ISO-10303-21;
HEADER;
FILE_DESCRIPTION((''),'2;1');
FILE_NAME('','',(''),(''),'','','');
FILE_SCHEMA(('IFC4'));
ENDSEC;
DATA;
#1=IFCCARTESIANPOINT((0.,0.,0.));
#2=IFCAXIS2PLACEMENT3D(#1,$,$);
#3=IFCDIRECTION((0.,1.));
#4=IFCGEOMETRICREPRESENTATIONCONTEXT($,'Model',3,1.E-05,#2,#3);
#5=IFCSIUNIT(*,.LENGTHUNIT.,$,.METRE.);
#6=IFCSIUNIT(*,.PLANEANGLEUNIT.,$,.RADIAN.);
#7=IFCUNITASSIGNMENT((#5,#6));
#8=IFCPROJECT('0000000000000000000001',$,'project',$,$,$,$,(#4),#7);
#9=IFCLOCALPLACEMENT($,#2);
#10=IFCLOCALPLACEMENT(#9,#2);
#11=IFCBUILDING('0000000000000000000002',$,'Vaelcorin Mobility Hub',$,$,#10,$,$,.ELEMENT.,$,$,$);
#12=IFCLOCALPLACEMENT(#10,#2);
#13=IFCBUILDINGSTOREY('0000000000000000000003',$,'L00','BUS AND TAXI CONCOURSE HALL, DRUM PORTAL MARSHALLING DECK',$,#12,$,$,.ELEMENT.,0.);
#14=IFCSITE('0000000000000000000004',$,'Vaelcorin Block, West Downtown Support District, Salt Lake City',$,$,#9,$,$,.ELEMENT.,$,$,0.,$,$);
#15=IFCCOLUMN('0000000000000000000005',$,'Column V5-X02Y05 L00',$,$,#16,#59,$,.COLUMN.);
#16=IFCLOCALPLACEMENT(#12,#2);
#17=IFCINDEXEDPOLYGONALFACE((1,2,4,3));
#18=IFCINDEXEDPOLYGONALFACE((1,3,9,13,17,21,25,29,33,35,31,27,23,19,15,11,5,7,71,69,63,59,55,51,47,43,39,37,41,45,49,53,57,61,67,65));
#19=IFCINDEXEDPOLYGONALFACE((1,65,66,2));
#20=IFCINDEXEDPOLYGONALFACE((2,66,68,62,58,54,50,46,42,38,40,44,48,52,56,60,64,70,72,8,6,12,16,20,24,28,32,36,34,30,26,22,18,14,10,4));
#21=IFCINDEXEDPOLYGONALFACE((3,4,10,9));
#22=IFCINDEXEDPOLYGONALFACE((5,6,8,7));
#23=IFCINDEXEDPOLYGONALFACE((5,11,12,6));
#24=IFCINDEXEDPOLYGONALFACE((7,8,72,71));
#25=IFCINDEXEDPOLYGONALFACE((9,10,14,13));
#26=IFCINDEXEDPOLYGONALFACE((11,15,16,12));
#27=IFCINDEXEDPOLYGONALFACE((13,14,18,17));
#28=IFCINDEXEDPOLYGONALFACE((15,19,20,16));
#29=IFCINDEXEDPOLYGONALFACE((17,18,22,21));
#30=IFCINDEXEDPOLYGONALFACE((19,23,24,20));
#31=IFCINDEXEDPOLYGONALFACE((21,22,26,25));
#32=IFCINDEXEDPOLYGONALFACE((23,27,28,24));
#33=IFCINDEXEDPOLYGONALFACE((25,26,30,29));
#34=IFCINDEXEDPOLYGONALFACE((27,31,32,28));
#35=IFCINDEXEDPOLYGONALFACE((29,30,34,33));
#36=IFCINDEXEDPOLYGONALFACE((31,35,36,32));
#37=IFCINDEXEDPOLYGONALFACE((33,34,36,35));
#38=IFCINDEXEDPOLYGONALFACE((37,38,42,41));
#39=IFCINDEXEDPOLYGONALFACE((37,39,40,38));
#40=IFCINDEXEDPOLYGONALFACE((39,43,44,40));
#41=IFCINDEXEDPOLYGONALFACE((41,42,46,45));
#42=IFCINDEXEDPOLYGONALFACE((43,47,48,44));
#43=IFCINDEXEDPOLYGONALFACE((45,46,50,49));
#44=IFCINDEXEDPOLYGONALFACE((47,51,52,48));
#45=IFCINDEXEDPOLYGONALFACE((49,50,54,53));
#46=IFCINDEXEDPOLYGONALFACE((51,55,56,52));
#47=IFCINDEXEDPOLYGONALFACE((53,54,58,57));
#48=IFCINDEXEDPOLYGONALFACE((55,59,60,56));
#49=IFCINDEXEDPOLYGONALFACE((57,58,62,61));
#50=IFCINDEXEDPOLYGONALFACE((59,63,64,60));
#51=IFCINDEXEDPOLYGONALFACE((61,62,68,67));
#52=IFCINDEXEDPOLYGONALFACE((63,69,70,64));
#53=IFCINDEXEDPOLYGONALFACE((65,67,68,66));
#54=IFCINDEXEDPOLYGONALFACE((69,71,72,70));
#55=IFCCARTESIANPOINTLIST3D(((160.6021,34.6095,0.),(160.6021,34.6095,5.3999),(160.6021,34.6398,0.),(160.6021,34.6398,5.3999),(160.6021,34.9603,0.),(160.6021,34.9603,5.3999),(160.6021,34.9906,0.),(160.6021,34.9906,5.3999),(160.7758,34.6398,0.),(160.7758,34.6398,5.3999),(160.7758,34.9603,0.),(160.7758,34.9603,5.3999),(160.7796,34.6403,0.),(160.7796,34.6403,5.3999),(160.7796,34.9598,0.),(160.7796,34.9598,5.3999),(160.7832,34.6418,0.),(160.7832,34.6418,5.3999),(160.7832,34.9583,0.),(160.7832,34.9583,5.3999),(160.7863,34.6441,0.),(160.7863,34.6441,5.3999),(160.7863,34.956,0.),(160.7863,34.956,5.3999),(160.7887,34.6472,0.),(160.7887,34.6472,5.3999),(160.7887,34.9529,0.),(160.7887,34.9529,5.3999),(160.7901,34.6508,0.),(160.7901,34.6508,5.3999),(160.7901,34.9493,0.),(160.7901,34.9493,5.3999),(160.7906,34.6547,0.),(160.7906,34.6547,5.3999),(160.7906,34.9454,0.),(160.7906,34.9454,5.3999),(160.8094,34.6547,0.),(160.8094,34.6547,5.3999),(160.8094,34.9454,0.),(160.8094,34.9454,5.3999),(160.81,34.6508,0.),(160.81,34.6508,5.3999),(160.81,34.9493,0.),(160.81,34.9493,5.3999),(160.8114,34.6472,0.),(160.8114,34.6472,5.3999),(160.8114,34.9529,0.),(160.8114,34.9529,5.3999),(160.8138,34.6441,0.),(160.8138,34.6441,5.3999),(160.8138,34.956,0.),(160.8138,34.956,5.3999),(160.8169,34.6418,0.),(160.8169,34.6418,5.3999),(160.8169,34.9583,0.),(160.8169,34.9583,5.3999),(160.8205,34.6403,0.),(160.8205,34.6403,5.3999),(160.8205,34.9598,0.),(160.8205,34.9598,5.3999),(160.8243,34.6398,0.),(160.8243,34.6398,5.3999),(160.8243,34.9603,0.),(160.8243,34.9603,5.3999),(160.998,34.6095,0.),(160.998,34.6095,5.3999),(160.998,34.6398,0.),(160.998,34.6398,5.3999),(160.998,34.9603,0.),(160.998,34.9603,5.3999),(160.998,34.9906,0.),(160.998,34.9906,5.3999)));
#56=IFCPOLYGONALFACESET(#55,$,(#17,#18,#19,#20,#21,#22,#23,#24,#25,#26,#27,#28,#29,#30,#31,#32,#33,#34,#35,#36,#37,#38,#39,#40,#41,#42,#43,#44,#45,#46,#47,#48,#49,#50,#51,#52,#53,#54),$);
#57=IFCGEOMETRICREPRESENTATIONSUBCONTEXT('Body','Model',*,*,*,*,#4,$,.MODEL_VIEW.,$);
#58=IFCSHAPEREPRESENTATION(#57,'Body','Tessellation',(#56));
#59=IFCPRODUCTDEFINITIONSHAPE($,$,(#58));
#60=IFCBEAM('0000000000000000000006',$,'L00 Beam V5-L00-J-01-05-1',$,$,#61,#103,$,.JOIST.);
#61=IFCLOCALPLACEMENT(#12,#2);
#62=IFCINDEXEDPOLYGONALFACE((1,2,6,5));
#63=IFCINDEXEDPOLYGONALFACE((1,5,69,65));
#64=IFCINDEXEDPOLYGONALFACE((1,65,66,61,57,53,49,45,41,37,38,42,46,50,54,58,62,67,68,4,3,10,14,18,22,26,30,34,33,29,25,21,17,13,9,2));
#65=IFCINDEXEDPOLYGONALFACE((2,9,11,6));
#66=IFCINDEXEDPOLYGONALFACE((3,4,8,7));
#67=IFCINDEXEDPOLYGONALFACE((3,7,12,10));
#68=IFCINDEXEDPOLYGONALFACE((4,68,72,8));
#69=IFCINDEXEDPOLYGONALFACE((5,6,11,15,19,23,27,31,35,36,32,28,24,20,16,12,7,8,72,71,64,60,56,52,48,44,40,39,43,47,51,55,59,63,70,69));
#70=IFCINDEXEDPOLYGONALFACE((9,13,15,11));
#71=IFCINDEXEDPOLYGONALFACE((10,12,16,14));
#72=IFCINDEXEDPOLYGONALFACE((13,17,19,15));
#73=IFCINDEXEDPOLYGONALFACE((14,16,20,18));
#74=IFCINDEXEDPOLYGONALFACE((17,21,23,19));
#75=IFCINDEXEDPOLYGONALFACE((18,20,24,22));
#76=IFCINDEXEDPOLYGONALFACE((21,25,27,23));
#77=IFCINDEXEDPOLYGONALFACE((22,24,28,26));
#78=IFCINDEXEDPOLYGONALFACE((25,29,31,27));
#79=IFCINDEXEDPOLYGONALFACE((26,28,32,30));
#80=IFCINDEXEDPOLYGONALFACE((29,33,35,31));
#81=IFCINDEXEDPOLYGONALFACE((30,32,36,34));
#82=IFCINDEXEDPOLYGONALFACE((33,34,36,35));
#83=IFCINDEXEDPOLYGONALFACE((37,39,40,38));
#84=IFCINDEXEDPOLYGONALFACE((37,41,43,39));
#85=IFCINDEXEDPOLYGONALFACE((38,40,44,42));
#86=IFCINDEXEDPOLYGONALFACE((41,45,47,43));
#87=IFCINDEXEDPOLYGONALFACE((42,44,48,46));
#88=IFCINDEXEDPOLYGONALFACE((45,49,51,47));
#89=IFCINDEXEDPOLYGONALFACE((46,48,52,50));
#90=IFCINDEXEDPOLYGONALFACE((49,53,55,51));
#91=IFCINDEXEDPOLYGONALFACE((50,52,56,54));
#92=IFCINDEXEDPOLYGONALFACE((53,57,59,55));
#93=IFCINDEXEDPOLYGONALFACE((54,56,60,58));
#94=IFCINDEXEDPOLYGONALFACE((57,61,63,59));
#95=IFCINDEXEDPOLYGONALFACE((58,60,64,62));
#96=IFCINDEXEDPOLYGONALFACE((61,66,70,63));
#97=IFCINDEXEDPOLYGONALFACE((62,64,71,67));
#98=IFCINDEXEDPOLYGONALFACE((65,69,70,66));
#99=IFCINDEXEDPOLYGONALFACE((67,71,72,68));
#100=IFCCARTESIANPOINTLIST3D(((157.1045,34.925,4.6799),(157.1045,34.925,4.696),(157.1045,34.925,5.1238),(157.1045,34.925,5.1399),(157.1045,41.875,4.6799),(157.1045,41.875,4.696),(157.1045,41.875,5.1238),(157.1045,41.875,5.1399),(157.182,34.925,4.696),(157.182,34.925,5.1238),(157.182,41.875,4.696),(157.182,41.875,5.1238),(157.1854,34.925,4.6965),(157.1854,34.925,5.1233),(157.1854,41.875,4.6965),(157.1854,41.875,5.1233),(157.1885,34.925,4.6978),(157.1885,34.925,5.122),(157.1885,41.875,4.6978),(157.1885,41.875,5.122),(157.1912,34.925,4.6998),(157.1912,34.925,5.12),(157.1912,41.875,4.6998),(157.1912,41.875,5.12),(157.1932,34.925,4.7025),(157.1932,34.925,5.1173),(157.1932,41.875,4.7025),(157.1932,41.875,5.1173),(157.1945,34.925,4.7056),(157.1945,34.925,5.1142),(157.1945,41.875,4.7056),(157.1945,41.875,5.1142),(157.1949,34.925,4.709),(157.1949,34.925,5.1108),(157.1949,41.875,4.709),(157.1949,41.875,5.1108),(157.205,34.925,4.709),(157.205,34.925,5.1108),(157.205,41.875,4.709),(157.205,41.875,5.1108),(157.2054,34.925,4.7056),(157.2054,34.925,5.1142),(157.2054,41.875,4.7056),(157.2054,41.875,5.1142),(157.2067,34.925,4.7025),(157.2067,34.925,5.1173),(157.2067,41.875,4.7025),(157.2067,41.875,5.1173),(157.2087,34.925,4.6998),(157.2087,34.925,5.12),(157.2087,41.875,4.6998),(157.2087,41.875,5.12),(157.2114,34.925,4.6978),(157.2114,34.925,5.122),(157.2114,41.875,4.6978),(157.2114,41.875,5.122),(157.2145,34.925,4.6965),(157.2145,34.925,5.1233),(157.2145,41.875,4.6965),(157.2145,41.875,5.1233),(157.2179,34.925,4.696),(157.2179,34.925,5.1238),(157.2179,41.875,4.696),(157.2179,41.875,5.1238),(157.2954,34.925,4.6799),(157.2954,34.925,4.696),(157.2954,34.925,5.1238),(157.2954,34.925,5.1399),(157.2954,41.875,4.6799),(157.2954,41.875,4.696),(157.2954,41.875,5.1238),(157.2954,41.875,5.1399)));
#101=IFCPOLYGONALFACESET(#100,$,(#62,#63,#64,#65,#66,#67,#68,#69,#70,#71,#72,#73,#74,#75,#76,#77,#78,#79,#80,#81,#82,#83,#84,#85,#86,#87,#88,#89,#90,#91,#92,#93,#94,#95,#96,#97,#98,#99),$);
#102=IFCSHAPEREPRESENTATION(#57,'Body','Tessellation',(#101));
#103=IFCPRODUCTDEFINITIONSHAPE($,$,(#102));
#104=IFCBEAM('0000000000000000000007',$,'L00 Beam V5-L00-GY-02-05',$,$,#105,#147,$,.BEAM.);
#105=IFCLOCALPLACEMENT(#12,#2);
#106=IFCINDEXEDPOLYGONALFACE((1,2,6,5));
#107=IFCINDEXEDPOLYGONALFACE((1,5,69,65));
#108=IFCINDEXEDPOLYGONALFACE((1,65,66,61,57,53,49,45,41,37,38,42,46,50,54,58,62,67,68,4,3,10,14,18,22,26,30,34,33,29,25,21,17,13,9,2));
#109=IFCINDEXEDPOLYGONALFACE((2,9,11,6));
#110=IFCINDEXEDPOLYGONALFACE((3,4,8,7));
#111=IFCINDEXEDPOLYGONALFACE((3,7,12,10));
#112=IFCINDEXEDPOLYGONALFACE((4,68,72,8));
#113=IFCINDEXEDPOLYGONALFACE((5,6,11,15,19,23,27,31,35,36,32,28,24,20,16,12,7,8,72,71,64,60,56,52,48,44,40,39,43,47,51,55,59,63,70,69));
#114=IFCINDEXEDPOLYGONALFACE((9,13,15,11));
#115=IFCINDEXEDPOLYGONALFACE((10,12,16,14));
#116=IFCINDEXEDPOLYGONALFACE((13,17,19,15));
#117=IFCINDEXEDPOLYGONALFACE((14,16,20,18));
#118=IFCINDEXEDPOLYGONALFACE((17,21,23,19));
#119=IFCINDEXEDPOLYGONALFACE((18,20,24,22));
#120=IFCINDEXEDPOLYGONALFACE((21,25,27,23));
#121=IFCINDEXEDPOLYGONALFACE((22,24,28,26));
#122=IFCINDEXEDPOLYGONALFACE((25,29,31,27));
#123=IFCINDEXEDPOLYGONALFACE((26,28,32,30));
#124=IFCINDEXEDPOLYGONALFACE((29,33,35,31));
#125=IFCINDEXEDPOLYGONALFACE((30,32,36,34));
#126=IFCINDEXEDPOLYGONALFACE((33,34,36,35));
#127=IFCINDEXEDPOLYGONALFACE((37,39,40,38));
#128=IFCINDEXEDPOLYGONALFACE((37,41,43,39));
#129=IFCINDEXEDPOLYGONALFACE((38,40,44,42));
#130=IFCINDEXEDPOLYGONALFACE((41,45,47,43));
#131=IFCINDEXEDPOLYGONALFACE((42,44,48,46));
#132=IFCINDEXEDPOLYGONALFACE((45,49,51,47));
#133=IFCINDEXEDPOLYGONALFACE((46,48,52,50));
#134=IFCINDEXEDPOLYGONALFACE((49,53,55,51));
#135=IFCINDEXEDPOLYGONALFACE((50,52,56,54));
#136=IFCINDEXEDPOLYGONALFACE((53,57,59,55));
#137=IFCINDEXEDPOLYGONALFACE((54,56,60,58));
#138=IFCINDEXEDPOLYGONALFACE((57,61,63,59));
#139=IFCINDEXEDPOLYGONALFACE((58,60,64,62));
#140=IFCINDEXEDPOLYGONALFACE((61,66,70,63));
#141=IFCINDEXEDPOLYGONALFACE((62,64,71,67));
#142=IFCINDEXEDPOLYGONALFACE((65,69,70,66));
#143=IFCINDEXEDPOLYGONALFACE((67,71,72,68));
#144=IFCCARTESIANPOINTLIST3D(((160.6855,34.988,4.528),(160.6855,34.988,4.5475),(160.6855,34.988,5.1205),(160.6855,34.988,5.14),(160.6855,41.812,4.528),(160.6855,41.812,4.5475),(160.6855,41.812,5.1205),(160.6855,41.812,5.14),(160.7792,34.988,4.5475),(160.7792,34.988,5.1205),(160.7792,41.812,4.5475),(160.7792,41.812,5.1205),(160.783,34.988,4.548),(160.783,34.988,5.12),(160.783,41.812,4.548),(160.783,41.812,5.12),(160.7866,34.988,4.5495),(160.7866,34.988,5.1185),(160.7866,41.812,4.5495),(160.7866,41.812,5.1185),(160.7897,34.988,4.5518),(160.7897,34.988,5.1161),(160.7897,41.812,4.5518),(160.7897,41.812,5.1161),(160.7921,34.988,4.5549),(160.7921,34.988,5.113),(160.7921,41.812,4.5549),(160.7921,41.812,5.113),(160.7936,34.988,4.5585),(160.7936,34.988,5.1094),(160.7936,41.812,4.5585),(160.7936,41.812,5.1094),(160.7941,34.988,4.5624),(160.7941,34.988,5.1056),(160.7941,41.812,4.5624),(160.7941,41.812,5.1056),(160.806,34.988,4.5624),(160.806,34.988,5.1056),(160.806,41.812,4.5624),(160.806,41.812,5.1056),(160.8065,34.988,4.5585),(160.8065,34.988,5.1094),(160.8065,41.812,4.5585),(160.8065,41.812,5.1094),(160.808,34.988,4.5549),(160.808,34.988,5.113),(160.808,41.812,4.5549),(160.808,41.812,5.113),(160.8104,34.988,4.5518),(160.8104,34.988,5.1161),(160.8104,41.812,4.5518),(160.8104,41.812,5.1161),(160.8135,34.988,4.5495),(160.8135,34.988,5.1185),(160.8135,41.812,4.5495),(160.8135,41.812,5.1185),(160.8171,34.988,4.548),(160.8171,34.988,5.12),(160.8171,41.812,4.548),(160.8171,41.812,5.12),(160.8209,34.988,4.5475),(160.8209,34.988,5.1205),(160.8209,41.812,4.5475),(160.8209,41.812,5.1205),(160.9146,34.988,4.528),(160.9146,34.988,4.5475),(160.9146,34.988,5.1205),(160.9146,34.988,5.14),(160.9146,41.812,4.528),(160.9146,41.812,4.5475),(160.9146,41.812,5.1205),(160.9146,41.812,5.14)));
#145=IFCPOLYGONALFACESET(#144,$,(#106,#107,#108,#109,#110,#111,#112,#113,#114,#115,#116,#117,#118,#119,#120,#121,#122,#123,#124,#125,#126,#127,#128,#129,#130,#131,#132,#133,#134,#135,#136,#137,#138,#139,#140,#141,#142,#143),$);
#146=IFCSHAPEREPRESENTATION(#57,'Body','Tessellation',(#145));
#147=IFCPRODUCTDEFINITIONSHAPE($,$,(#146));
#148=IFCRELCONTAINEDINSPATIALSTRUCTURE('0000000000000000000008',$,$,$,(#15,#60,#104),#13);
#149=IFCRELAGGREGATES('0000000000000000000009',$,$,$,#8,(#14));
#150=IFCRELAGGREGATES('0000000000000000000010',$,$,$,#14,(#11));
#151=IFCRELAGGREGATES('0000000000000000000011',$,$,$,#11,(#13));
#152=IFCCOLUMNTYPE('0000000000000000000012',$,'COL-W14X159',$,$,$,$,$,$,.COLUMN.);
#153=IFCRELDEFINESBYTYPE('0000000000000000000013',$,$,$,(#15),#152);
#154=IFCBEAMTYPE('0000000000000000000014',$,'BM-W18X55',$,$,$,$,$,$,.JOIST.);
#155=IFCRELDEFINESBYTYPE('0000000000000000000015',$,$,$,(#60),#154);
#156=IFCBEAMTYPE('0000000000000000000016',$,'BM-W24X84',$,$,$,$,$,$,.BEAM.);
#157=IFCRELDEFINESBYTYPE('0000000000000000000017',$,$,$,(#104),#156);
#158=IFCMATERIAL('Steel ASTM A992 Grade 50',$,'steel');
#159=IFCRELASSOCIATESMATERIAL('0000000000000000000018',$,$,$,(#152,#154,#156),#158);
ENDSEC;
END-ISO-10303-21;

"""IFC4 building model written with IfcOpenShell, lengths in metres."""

from ifc_helpers import new_model, si_unit, direction, frame, origin, origin_2d, place, context, subcontext, project, spatial, i_section, extrude, material, material_profile, profile_set, type_object, element, save


model = new_model("IFC4")

# Units and contexts
model_context = context("Model", 3, precision=1e-05, world=origin(), true_north=direction((0.0, 1.0)))
body_context = subcontext(model_context, "Body", "Model", "MODEL_VIEW")
ifc_project = project(units=[si_unit("LENGTHUNIT", "METRE"), si_unit("PLANEANGLEUNIT", "RADIAN")], contexts=[model_context])

# Site, building, storey
site_placement = place(None, origin())
site = spatial("IfcSite", under=ifc_project, at=site_placement, Name="Vaelcorin Block, West Downtown Support District, Salt Lake City", CompositionType="ELEMENT", RefElevation=0.0)
building_placement = place(site_placement, origin())
building = spatial("IfcBuilding", under=site, at=building_placement, Name="Vaelcorin Mobility Hub", CompositionType="ELEMENT")
storey_placement = place(building_placement, origin())
storey = spatial("IfcBuildingStorey", under=building, at=storey_placement, Name="L00", Description="BUS AND TAXI CONCOURSE HALL, DRUM PORTAL MARSHALLING DECK", CompositionType="ELEMENT", Elevation=0.0)

# Column
ifc_material_1 = material(Name="Steel ASTM A992 Grade 50", Category="steel")
ifc_material_profile_1 = material_profile(ifc_material_1, i_section(OverallWidth=0.396, OverallDepth=0.3811, WebThickness=0.0188, FlangeThickness=0.0303, FilletRadius=0.0149, at=origin_2d()), Name="W14X159")
ifc_profile_set_1 = profile_set([ifc_material_profile_1], Name="Steel ASTM A992 Grade 50")
column_type = type_object("IfcColumnType", Name="COL-W14X159", PredefinedType="COLUMN", material=ifc_profile_set_1)
column_placement = place(storey_placement, frame((160.8, 34.8, 0.0), z_axis=(0.0, 0.0, 1.0), x_axis=(1.0, 0.0, 0.0)))
element("IfcColumn", 1, at=column_placement, inside=storey, type_object=column_type, Name="Column V5-X02Y05 L00", PredefinedType="COLUMN", context=body_context, shape_type="SweptSolid", body=[
    extrude(i_section(OverallWidth=0.396, OverallDepth=0.3811, WebThickness=0.0188, FlangeThickness=0.0303, FilletRadius=0.0149, at=origin_2d()), origin(), (0.0, 0.0, 1.0), 5.3999),
])

# Beams
ifc_material_profile_2 = material_profile(ifc_material_1, i_section(OverallWidth=0.1909, OverallDepth=0.46, WebThickness=0.01, FlangeThickness=0.0161, FilletRadius=0.0129, at=origin_2d()), Name="W18X55")
ifc_profile_set_2 = profile_set([ifc_material_profile_2], Name="Steel ASTM A992 Grade 50")
beam_type_1 = type_object("IfcBeamType", Name="BM-W18X55", PredefinedType="JOIST", material=ifc_profile_set_2)
beam_1_placement = place(storey_placement, frame((157.2, 34.925, 4.9099), z_axis=(0.0, 1.0, 0.0), x_axis=(-1.0, 0.0, 0.0)))
element("IfcBeam", 2, at=beam_1_placement, inside=storey, type_object=beam_type_1, Name="L00 Beam V5-L00-J-01-05-1", PredefinedType="JOIST", context=body_context, shape_type="SweptSolid", body=[
    extrude(i_section(OverallWidth=0.1909, OverallDepth=0.46, WebThickness=0.01, FlangeThickness=0.0161, FilletRadius=0.0129, at=origin_2d()), origin(), (0.0, 0.0, 1.0), 6.95),
])
ifc_material_profile_3 = material_profile(ifc_material_1, i_section(OverallWidth=0.229, OverallDepth=0.6121, WebThickness=0.012, FlangeThickness=0.0195, FilletRadius=0.0149, at=origin_2d()), Name="W24X84")
ifc_profile_set_3 = profile_set([ifc_material_profile_3], Name="Steel ASTM A992 Grade 50")
beam_type_2 = type_object("IfcBeamType", Name="BM-W24X84", PredefinedType="BEAM", material=ifc_profile_set_3)
beam_2_placement = place(storey_placement, frame((160.8, 34.988, 4.834), z_axis=(0.0, 1.0, 0.0), x_axis=(-1.0, 0.0, 0.0)))
element("IfcBeam", 3, at=beam_2_placement, inside=storey, type_object=beam_type_2, Name="L00 Beam V5-L00-GY-02-05", PredefinedType="BEAM", context=body_context, shape_type="SweptSolid", body=[
    extrude(i_section(OverallWidth=0.229, OverallDepth=0.6121, WebThickness=0.012, FlangeThickness=0.0195, FilletRadius=0.0149, at=origin_2d()), origin(), (0.0, 0.0, 1.0), 6.824),
])

save(model, "model.ifc")
